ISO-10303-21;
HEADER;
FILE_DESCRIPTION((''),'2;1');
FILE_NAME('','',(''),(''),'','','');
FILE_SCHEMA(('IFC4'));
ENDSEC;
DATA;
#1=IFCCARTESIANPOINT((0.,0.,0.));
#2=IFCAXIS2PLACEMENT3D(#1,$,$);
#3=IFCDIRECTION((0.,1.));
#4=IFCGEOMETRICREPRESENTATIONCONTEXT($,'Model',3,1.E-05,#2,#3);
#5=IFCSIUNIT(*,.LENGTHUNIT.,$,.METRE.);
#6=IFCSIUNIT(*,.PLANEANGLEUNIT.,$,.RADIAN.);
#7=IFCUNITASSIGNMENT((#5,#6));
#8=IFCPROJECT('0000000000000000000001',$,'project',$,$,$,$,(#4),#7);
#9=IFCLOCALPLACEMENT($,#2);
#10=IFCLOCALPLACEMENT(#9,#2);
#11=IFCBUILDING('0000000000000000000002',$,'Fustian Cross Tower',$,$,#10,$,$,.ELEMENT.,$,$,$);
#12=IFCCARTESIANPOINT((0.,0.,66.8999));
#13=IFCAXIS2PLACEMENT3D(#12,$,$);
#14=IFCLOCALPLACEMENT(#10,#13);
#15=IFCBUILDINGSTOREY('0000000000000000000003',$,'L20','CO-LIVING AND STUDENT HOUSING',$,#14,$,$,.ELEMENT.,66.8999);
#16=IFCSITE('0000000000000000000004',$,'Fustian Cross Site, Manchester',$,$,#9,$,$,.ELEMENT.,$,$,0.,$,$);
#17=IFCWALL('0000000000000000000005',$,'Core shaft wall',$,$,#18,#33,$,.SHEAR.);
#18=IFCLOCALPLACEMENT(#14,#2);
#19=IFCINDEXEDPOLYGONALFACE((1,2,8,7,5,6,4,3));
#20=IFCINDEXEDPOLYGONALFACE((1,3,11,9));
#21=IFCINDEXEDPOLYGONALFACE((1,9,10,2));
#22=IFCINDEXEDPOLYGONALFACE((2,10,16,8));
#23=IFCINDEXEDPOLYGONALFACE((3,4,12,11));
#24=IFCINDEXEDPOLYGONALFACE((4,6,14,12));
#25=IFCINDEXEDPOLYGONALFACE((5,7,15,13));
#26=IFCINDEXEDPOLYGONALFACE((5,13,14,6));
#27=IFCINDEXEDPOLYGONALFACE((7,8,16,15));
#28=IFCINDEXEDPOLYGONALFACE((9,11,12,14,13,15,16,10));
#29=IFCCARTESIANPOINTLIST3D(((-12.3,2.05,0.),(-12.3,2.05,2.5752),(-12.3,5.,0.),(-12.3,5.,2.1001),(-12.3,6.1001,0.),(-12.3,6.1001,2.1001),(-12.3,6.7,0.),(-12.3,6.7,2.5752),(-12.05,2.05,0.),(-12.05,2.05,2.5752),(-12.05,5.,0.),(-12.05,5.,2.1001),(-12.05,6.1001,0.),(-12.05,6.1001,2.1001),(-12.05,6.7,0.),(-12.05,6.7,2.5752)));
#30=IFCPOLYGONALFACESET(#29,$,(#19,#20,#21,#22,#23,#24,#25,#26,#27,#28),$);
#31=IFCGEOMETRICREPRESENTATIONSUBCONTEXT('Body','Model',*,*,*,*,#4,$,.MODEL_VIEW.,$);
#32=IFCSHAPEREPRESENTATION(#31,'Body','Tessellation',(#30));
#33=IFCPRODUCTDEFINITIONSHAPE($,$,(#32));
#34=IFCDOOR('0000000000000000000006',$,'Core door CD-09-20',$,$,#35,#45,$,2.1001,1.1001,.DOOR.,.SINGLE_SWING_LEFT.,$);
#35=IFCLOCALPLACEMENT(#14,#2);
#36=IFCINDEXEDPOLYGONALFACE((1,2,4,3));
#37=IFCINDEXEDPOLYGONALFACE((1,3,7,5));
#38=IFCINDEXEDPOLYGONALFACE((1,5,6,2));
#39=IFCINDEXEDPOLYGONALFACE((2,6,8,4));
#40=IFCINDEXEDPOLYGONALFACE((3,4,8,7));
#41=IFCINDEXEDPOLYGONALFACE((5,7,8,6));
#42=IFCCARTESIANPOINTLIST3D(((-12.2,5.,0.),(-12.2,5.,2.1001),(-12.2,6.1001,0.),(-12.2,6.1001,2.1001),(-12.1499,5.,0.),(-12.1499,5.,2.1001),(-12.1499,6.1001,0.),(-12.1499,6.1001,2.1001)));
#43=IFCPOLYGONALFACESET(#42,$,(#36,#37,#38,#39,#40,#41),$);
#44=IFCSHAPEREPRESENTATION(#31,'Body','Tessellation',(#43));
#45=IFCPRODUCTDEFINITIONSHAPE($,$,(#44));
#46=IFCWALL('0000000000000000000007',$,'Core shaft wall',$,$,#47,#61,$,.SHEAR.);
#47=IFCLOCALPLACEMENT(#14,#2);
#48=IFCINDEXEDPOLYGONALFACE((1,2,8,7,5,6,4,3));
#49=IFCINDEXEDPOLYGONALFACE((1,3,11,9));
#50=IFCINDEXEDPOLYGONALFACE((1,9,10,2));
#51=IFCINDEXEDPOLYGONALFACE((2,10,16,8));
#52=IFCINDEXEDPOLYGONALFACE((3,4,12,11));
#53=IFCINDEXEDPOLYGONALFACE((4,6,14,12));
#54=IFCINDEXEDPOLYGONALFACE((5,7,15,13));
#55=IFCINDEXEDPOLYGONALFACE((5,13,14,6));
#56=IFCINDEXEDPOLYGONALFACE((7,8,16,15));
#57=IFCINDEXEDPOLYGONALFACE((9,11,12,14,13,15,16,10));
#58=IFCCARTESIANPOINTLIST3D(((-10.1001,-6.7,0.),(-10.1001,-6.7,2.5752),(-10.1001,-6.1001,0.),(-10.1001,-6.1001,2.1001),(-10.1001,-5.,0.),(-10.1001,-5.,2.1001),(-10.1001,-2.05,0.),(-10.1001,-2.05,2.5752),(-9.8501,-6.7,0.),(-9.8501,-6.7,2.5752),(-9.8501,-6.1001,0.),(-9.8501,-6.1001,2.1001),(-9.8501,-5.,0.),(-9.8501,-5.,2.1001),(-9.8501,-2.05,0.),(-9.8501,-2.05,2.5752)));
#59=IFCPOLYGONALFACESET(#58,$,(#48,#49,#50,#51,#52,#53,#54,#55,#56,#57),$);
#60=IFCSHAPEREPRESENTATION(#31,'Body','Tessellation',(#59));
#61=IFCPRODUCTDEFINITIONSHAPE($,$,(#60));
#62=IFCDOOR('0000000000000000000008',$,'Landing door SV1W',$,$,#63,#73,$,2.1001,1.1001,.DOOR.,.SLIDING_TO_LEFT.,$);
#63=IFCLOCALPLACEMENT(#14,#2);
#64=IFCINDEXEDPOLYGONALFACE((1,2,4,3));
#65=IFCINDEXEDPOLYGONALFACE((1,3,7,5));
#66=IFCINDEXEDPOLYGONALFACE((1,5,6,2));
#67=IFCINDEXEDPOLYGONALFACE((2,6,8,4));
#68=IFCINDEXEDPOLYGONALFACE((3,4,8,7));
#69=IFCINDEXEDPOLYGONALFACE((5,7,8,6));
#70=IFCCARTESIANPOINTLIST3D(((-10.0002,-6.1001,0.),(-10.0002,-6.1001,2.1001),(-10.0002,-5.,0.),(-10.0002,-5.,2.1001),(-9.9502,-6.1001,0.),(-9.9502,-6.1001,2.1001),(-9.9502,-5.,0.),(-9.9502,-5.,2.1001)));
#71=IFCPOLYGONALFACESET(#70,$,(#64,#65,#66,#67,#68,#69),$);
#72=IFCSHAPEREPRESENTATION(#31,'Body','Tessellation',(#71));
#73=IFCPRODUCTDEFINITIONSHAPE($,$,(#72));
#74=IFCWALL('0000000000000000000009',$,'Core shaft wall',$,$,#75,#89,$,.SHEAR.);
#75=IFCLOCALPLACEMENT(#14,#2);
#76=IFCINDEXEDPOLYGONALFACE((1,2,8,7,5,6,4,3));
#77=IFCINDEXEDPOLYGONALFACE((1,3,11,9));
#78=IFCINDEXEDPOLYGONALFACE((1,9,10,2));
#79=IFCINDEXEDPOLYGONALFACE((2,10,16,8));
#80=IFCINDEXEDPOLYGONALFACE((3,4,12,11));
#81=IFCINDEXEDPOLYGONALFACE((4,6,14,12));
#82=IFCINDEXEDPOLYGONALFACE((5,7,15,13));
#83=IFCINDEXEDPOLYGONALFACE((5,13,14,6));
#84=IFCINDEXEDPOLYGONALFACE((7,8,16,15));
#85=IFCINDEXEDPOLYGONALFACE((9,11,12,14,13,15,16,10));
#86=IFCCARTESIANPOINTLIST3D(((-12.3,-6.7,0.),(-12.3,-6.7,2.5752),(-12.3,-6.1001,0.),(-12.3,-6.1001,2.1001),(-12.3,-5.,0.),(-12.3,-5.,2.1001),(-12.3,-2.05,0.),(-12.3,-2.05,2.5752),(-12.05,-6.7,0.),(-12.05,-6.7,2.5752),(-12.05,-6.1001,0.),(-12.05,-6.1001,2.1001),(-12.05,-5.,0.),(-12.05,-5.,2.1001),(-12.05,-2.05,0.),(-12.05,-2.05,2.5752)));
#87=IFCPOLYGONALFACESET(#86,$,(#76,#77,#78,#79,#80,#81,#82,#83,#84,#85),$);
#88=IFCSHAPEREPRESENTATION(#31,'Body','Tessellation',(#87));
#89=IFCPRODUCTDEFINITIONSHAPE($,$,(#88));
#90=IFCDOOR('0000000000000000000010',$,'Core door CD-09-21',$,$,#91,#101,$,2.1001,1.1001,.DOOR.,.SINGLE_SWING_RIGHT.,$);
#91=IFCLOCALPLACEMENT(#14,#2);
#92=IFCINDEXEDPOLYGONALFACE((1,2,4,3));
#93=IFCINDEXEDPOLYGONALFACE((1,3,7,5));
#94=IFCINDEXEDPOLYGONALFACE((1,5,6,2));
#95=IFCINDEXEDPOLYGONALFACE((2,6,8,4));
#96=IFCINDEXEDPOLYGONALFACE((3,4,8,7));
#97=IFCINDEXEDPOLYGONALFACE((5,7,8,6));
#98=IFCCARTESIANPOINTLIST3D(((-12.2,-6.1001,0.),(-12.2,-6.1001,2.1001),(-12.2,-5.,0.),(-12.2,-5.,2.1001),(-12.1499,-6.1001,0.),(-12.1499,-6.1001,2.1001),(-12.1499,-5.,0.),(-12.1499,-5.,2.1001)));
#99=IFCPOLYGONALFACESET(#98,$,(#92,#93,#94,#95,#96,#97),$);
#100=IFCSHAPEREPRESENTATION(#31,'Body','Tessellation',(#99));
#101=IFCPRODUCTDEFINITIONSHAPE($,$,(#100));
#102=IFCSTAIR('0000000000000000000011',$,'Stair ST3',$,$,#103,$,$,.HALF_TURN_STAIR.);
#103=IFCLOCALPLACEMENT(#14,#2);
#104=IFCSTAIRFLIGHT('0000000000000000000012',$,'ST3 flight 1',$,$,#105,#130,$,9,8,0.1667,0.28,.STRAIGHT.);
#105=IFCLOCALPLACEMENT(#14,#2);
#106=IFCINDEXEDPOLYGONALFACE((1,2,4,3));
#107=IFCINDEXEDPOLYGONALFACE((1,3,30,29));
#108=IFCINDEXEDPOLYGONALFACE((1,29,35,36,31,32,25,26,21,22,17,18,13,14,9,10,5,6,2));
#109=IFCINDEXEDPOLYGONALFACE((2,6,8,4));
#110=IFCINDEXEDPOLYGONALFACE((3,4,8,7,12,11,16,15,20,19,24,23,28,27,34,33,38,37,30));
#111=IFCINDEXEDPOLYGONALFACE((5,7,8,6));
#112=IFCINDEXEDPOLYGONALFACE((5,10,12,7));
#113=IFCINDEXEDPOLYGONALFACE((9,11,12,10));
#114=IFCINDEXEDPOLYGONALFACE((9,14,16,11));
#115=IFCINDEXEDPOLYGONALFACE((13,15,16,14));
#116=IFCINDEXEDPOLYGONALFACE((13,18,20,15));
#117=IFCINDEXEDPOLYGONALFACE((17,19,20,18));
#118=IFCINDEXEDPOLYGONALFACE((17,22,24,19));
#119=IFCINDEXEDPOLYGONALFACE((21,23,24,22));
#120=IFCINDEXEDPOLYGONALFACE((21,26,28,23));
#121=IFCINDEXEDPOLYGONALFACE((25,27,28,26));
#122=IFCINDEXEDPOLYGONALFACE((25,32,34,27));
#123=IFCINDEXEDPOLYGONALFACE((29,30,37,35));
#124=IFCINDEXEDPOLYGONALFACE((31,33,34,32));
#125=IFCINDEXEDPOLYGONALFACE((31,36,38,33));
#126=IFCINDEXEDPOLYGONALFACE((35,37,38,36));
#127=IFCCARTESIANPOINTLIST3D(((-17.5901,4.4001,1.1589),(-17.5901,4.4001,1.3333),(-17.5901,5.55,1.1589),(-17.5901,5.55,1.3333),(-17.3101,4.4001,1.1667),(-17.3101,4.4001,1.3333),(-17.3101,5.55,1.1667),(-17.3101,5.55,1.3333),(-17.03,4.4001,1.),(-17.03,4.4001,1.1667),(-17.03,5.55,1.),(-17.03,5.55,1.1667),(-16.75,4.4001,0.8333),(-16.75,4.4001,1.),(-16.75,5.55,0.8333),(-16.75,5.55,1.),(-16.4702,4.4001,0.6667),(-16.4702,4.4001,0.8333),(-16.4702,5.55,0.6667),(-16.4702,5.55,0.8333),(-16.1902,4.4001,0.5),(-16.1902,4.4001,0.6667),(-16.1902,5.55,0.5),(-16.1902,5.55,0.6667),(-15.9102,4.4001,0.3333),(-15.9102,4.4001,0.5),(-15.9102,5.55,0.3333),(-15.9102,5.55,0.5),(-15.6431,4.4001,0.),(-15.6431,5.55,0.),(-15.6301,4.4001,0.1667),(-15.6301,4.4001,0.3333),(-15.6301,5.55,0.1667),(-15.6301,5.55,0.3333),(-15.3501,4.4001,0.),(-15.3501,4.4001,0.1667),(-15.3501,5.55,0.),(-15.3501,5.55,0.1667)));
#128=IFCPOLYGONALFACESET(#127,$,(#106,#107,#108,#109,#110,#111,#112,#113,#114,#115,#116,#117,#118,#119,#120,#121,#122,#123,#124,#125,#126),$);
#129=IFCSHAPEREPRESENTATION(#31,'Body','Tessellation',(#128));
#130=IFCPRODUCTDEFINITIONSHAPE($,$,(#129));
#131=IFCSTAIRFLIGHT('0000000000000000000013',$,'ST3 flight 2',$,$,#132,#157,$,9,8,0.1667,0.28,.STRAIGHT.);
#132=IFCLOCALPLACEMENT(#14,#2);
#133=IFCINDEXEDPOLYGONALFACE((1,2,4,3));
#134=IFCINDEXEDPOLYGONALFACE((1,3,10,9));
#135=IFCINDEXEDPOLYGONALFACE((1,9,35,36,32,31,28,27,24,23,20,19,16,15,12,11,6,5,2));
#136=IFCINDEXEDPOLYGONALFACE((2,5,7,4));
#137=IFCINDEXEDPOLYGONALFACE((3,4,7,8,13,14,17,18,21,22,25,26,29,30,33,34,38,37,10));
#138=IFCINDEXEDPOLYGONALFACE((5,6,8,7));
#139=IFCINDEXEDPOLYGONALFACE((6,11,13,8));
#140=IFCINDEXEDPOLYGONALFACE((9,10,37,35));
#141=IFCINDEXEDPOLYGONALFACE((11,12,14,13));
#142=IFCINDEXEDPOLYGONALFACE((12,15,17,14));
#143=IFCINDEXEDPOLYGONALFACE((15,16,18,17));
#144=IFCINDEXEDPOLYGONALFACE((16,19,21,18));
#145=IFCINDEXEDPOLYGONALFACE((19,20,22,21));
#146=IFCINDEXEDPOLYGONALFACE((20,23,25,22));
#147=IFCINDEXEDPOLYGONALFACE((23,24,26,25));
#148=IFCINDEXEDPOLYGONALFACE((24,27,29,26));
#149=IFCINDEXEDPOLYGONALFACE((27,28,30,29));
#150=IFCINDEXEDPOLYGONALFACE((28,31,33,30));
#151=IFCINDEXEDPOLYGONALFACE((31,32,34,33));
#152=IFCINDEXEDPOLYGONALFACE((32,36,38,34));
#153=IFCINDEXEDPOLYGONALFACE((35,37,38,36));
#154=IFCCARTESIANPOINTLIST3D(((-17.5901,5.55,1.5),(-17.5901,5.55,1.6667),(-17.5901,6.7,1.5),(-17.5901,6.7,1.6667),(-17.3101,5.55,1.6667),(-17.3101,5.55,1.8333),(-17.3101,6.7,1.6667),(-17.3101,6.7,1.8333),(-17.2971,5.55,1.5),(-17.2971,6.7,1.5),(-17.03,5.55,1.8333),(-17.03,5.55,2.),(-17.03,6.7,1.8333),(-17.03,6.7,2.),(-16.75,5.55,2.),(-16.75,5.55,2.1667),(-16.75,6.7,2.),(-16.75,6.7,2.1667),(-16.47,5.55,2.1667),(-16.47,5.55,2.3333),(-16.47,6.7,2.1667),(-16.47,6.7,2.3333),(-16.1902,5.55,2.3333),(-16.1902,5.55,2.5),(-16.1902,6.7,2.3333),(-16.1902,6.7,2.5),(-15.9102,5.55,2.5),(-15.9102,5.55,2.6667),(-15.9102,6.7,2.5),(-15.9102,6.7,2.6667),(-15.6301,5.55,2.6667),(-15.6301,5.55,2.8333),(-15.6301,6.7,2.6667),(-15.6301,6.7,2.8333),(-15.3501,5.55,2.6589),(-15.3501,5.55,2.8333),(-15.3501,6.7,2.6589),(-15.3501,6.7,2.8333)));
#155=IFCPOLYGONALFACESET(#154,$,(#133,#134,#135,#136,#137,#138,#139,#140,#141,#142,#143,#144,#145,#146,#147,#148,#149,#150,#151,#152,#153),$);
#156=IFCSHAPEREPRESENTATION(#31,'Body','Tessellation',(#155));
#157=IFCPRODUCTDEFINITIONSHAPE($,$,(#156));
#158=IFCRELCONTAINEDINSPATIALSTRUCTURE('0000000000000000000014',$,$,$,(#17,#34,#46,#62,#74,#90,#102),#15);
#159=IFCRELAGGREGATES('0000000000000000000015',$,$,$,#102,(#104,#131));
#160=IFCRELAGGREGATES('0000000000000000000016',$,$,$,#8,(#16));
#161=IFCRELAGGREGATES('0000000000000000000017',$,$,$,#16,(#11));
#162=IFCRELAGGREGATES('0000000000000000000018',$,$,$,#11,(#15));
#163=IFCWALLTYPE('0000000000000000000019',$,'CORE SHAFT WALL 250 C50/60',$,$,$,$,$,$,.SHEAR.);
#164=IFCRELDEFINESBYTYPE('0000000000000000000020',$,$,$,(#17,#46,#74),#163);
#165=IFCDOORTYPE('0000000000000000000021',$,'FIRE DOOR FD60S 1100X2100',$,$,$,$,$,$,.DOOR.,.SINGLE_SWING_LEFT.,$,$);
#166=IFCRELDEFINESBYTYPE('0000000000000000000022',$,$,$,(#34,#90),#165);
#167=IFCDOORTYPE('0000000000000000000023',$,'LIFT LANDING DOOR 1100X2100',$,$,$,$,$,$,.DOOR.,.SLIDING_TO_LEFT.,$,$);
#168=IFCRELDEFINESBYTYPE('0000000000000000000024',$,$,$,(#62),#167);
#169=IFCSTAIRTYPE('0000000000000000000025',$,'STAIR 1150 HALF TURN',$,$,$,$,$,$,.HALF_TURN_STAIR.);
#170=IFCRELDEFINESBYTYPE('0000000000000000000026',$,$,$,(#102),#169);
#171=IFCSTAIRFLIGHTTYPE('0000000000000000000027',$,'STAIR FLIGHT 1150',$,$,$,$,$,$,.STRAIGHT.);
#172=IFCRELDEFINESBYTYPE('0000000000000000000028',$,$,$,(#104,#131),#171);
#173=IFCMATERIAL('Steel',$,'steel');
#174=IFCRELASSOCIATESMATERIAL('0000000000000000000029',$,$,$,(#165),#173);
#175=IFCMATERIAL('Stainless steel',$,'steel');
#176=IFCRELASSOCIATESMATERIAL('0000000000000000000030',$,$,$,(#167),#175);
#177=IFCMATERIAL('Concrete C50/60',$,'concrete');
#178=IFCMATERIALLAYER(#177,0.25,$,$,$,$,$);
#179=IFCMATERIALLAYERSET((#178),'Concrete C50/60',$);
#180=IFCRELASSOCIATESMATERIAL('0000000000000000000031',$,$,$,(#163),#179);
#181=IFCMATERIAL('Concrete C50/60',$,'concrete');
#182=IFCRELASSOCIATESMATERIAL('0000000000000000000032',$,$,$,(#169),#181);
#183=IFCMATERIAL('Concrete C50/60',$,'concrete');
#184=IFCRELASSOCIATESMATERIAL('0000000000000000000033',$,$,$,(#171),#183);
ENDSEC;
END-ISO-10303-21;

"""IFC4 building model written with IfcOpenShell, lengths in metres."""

from ifc_helpers import new_model, si_unit, direction, frame, frame_2d, origin, place, context, subcontext, project, spatial, polyline, rectangle, outline, extrude, material, layer, layer_set, type_object, element, fill, aggregate, save


model = new_model("IFC4")

# Units and contexts
model_context = context("Model", 3, precision=1e-05, world=origin(), true_north=direction((0.0, 1.0)))
body_context = subcontext(model_context, "Body", "Model", "MODEL_VIEW")
ifc_project = project(units=[si_unit("LENGTHUNIT", "METRE"), si_unit("PLANEANGLEUNIT", "RADIAN")], contexts=[model_context])

# Site, building, storey
site_placement = place(None, origin())
site = spatial("IfcSite", under=ifc_project, at=site_placement, Name="Fustian Cross Site, Manchester", CompositionType="ELEMENT", RefElevation=0.0)
building_placement = place(site_placement, origin())
building = spatial("IfcBuilding", under=site, at=building_placement, Name="Fustian Cross Tower", CompositionType="ELEMENT")
storey_placement = place(building_placement, frame((0.0, 0.0, 66.8999)))
storey = spatial("IfcBuildingStorey", under=building, at=storey_placement, Name="L20", Description="CO-LIVING AND STUDENT HOUSING", CompositionType="ELEMENT", Elevation=66.8999)

# Shared definitions
ifc_material_1 = material(Name="Steel", Category="steel")
door_type_1 = type_object("IfcDoorType", Name="FIRE DOOR FD60S 1100X2100", OperationType="SINGLE_SWING_LEFT", PredefinedType="DOOR", material=ifc_material_1)
ifc_material_2 = material(Name="Stainless steel", Category="steel")
door_type_2 = type_object("IfcDoorType", Name="LIFT LANDING DOOR 1100X2100", OperationType="SLIDING_TO_LEFT", PredefinedType="DOOR", material=ifc_material_2)

# Shared definitions
ifc_material_3 = material(Name="Concrete C50/60", Category="concrete")
ifc_layer_1 = layer(ifc_material_3, 0.25)
ifc_layer_set_1 = layer_set([ifc_layer_1], Name="Concrete C50/60")
wall_type_1 = type_object("IfcWallType", Name="CORE SHAFT WALL 250 C50/60", PredefinedType="SHEAR", material=ifc_layer_set_1)

# Walls, openings, doors
wall_1_placement = place(storey_placement, frame((-12.175, 2.05, 0.0), z_axis=(0.0, 0.0, 1.0), x_axis=(0.0, 1.0, 0.0)))
wall_1 = element("IfcWall", 1, at=wall_1_placement, inside=storey, type_object=wall_type_1, Name="Core shaft wall", PredefinedType="SHEAR", context=body_context, shape_type="SweptSolid", body=[
    extrude(rectangle(XDim=4.6499, YDim=0.25, at=frame_2d((2.325, 0.0))), origin(), (0.0, 0.0, 1.0), 2.5752),
])
opening_1_placement = place(wall_1_placement, frame((2.95, 0.0, 0.0)))
opening_1 = element("IfcOpeningElement", 2, at=opening_1_placement, cuts=wall_1, PredefinedType="OPENING", context=body_context, shape_type="SweptSolid", body=[
    extrude(rectangle(XDim=1.1001, YDim=2.1001, at=frame_2d((0.55, 1.05))), frame((0.0, 0.135, 0.0), z_axis=(0.0, -1.0, 0.0), x_axis=(1.0, 0.0, 0.0)), (0.0, 0.0, 1.0), 0.27),
])
door_1_placement = place(opening_1_placement, origin())
door_1 = element("IfcDoor", 3, at=door_1_placement, inside=storey, type_object=door_type_1, Name="Core door CD-09-20", OperationType="SINGLE_SWING_LEFT", OverallHeight=2.1001, OverallWidth=1.1001, PredefinedType="DOOR", context=body_context, shape_type="SweptSolid", body=[
    extrude(rectangle(XDim=1.1001, YDim=2.1001, at=frame_2d((0.55, 1.05))), frame((0.0, 0.0249, 0.0), z_axis=(0.0, -1.0, 0.0), x_axis=(1.0, 0.0, 0.0)), (0.0, 0.0, 1.0), 0.05),
])
fill(opening_1, door_1)
wall_2_placement = place(storey_placement, frame((-9.9751, -2.05, 0.0), z_axis=(0.0, 0.0, 1.0), x_axis=(0.0, -1.0, 0.0)))
wall_2 = element("IfcWall", 4, at=wall_2_placement, inside=storey, type_object=wall_type_1, Name="Core shaft wall", PredefinedType="SHEAR", context=body_context, shape_type="SweptSolid", body=[
    extrude(rectangle(XDim=4.6499, YDim=0.25, at=frame_2d((2.325, 0.0))), origin(), (0.0, 0.0, 1.0), 2.5752),
])
opening_2_placement = place(wall_2_placement, frame((2.95, 0.0, 0.0)))
opening_2 = element("IfcOpeningElement", 5, at=opening_2_placement, cuts=wall_2, PredefinedType="OPENING", context=body_context, shape_type="SweptSolid", body=[
    extrude(rectangle(XDim=1.1001, YDim=2.1001, at=frame_2d((0.55, 1.05))), frame((0.0, 0.135, 0.0), z_axis=(0.0, -1.0, 0.0), x_axis=(1.0, 0.0, 0.0)), (0.0, 0.0, 1.0), 0.27),
])
door_2_placement = place(opening_2_placement, origin())
door_2 = element("IfcDoor", 6, at=door_2_placement, inside=storey, type_object=door_type_2, Name="Landing door SV1W", OperationType="SLIDING_TO_LEFT", OverallHeight=2.1001, OverallWidth=1.1001, PredefinedType="DOOR", context=body_context, shape_type="SweptSolid", body=[
    extrude(rectangle(XDim=1.1001, YDim=2.1001, at=frame_2d((0.55, 1.05))), frame((0.0, 0.0249, 0.0), z_axis=(0.0, -1.0, 0.0), x_axis=(1.0, 0.0, 0.0)), (0.0, 0.0, 1.0), 0.05),
])
fill(opening_2, door_2)
wall_3_placement = place(storey_placement, frame((-12.175, -2.05, 0.0), z_axis=(0.0, 0.0, 1.0), x_axis=(0.0, -1.0, 0.0)))
wall_3 = element("IfcWall", 7, at=wall_3_placement, inside=storey, type_object=wall_type_1, Name="Core shaft wall", PredefinedType="SHEAR", context=body_context, shape_type="SweptSolid", body=[
    extrude(rectangle(XDim=4.6499, YDim=0.25, at=frame_2d((2.325, 0.0))), origin(), (0.0, 0.0, 1.0), 2.5752),
])
opening_3_placement = place(wall_3_placement, frame((2.95, 0.0, 0.0)))
opening_3 = element("IfcOpeningElement", 8, at=opening_3_placement, cuts=wall_3, PredefinedType="OPENING", context=body_context, shape_type="SweptSolid", body=[
    extrude(rectangle(XDim=1.1001, YDim=2.1001, at=frame_2d((0.55, 1.05))), frame((0.0, 0.135, 0.0), z_axis=(0.0, -1.0, 0.0), x_axis=(1.0, 0.0, 0.0)), (0.0, 0.0, 1.0), 0.27),
])
door_3_placement = place(opening_3_placement, frame((1.1001, 0.0, 0.0), z_axis=(0.0, 0.0, 1.0), x_axis=(-1.0, 0.0, 0.0)))
door_3 = element("IfcDoor", 9, at=door_3_placement, inside=storey, type_object=door_type_1, Name="Core door CD-09-21", OperationType="SINGLE_SWING_RIGHT", OverallHeight=2.1001, OverallWidth=1.1001, PredefinedType="DOOR", context=body_context, shape_type="SweptSolid", body=[
    extrude(rectangle(XDim=1.1001, YDim=2.1001, at=frame_2d((0.55, 1.05))), frame((0.0, 0.0249, 0.0), z_axis=(0.0, -1.0, 0.0), x_axis=(1.0, 0.0, 0.0)), (0.0, 0.0, 1.0), 0.05),
])
fill(opening_3, door_3)

# Stair, stair flights
ifc_material_4 = material(Name="Concrete C50/60", Category="concrete")
stair_type = type_object("IfcStairType", Name="STAIR 1150 HALF TURN", PredefinedType="HALF_TURN_STAIR", material=ifc_material_4)
stair_placement = place(storey_placement, origin())
stair = element("IfcStair", 10, at=stair_placement, inside=storey, type_object=stair_type, Name="Stair ST3", PredefinedType="HALF_TURN_STAIR")
ifc_material_5 = material(Name="Concrete C50/60", Category="concrete")
stair_flight_type = type_object("IfcStairFlightType", Name="STAIR FLIGHT 1150", PredefinedType="STRAIGHT", material=ifc_material_5)
stair_flight_1_placement = place(storey_placement, frame((-15.3501, 4.9751, 0.0), z_axis=(0.0, 0.0, 1.0), x_axis=(-1.0, 0.0, 0.0)))
stair_flight_1 = element("IfcStairFlight", 11, at=stair_flight_1_placement, type_object=stair_flight_type, Name="ST3 flight 1", NumberOfRisers=9, NumberOfTreads=8, PredefinedType="STRAIGHT", RiserHeight=0.1667, TreadLength=0.28, context=body_context, shape_type="SweptSolid", body=[
    extrude(outline(polyline([(0.0, 0.0), (0.0, 0.1667), (0.28, 0.1667), (0.28, 0.3333), (0.5601, 0.3333), (0.5601, 0.5), (0.8401, 0.5), (0.8401, 0.6667), (1.1201, 0.6667), (1.1201, 0.8333), (1.3999, 0.8333), (1.3999, 1.0), (1.6799, 1.0), (1.6799, 1.1667), (1.96, 1.1667), (1.96, 1.3333), (2.24, 1.3333), (2.24, 1.5), (2.24, 1.1589), (0.293, 0.0), (0.0, 0.0)])), frame((0.0, 0.575, 0.0), z_axis=(0.0, -1.0, 0.0), x_axis=(1.0, 0.0, 0.0)), (0.0, 0.0, 1.0), 1.1499),
])
stair_flight_2_placement = place(storey_placement, frame((-17.5901, 6.125, 1.5), z_axis=(0.0, 0.0, 1.0), x_axis=(1.0, 0.0, 0.0)))
stair_flight_2 = element("IfcStairFlight", 12, at=stair_flight_2_placement, type_object=stair_flight_type, Name="ST3 flight 2", NumberOfRisers=9, NumberOfTreads=8, PredefinedType="STRAIGHT", RiserHeight=0.1667, TreadLength=0.28, context=body_context, shape_type="SweptSolid", body=[
    extrude(outline(polyline([(0.0, 0.0), (0.0, 0.1667), (0.28, 0.1667), (0.28, 0.3333), (0.5601, 0.3333), (0.5601, 0.5), (0.8401, 0.5), (0.8401, 0.6667), (1.1201, 0.6667), (1.1201, 0.8333), (1.3999, 0.8333), (1.3999, 1.0), (1.6799, 1.0), (1.6799, 1.1667), (1.96, 1.1667), (1.96, 1.3333), (2.24, 1.3333), (2.24, 1.5), (2.24, 1.1589), (0.293, 0.0), (0.0, 0.0)])), frame((0.0, 0.575, 0.0), z_axis=(0.0, -1.0, 0.0), x_axis=(1.0, 0.0, 0.0)), (0.0, 0.0, 1.0), 1.1499),
])
aggregate(stair, [stair_flight_1, stair_flight_2])

save(model, "model.ifc")
